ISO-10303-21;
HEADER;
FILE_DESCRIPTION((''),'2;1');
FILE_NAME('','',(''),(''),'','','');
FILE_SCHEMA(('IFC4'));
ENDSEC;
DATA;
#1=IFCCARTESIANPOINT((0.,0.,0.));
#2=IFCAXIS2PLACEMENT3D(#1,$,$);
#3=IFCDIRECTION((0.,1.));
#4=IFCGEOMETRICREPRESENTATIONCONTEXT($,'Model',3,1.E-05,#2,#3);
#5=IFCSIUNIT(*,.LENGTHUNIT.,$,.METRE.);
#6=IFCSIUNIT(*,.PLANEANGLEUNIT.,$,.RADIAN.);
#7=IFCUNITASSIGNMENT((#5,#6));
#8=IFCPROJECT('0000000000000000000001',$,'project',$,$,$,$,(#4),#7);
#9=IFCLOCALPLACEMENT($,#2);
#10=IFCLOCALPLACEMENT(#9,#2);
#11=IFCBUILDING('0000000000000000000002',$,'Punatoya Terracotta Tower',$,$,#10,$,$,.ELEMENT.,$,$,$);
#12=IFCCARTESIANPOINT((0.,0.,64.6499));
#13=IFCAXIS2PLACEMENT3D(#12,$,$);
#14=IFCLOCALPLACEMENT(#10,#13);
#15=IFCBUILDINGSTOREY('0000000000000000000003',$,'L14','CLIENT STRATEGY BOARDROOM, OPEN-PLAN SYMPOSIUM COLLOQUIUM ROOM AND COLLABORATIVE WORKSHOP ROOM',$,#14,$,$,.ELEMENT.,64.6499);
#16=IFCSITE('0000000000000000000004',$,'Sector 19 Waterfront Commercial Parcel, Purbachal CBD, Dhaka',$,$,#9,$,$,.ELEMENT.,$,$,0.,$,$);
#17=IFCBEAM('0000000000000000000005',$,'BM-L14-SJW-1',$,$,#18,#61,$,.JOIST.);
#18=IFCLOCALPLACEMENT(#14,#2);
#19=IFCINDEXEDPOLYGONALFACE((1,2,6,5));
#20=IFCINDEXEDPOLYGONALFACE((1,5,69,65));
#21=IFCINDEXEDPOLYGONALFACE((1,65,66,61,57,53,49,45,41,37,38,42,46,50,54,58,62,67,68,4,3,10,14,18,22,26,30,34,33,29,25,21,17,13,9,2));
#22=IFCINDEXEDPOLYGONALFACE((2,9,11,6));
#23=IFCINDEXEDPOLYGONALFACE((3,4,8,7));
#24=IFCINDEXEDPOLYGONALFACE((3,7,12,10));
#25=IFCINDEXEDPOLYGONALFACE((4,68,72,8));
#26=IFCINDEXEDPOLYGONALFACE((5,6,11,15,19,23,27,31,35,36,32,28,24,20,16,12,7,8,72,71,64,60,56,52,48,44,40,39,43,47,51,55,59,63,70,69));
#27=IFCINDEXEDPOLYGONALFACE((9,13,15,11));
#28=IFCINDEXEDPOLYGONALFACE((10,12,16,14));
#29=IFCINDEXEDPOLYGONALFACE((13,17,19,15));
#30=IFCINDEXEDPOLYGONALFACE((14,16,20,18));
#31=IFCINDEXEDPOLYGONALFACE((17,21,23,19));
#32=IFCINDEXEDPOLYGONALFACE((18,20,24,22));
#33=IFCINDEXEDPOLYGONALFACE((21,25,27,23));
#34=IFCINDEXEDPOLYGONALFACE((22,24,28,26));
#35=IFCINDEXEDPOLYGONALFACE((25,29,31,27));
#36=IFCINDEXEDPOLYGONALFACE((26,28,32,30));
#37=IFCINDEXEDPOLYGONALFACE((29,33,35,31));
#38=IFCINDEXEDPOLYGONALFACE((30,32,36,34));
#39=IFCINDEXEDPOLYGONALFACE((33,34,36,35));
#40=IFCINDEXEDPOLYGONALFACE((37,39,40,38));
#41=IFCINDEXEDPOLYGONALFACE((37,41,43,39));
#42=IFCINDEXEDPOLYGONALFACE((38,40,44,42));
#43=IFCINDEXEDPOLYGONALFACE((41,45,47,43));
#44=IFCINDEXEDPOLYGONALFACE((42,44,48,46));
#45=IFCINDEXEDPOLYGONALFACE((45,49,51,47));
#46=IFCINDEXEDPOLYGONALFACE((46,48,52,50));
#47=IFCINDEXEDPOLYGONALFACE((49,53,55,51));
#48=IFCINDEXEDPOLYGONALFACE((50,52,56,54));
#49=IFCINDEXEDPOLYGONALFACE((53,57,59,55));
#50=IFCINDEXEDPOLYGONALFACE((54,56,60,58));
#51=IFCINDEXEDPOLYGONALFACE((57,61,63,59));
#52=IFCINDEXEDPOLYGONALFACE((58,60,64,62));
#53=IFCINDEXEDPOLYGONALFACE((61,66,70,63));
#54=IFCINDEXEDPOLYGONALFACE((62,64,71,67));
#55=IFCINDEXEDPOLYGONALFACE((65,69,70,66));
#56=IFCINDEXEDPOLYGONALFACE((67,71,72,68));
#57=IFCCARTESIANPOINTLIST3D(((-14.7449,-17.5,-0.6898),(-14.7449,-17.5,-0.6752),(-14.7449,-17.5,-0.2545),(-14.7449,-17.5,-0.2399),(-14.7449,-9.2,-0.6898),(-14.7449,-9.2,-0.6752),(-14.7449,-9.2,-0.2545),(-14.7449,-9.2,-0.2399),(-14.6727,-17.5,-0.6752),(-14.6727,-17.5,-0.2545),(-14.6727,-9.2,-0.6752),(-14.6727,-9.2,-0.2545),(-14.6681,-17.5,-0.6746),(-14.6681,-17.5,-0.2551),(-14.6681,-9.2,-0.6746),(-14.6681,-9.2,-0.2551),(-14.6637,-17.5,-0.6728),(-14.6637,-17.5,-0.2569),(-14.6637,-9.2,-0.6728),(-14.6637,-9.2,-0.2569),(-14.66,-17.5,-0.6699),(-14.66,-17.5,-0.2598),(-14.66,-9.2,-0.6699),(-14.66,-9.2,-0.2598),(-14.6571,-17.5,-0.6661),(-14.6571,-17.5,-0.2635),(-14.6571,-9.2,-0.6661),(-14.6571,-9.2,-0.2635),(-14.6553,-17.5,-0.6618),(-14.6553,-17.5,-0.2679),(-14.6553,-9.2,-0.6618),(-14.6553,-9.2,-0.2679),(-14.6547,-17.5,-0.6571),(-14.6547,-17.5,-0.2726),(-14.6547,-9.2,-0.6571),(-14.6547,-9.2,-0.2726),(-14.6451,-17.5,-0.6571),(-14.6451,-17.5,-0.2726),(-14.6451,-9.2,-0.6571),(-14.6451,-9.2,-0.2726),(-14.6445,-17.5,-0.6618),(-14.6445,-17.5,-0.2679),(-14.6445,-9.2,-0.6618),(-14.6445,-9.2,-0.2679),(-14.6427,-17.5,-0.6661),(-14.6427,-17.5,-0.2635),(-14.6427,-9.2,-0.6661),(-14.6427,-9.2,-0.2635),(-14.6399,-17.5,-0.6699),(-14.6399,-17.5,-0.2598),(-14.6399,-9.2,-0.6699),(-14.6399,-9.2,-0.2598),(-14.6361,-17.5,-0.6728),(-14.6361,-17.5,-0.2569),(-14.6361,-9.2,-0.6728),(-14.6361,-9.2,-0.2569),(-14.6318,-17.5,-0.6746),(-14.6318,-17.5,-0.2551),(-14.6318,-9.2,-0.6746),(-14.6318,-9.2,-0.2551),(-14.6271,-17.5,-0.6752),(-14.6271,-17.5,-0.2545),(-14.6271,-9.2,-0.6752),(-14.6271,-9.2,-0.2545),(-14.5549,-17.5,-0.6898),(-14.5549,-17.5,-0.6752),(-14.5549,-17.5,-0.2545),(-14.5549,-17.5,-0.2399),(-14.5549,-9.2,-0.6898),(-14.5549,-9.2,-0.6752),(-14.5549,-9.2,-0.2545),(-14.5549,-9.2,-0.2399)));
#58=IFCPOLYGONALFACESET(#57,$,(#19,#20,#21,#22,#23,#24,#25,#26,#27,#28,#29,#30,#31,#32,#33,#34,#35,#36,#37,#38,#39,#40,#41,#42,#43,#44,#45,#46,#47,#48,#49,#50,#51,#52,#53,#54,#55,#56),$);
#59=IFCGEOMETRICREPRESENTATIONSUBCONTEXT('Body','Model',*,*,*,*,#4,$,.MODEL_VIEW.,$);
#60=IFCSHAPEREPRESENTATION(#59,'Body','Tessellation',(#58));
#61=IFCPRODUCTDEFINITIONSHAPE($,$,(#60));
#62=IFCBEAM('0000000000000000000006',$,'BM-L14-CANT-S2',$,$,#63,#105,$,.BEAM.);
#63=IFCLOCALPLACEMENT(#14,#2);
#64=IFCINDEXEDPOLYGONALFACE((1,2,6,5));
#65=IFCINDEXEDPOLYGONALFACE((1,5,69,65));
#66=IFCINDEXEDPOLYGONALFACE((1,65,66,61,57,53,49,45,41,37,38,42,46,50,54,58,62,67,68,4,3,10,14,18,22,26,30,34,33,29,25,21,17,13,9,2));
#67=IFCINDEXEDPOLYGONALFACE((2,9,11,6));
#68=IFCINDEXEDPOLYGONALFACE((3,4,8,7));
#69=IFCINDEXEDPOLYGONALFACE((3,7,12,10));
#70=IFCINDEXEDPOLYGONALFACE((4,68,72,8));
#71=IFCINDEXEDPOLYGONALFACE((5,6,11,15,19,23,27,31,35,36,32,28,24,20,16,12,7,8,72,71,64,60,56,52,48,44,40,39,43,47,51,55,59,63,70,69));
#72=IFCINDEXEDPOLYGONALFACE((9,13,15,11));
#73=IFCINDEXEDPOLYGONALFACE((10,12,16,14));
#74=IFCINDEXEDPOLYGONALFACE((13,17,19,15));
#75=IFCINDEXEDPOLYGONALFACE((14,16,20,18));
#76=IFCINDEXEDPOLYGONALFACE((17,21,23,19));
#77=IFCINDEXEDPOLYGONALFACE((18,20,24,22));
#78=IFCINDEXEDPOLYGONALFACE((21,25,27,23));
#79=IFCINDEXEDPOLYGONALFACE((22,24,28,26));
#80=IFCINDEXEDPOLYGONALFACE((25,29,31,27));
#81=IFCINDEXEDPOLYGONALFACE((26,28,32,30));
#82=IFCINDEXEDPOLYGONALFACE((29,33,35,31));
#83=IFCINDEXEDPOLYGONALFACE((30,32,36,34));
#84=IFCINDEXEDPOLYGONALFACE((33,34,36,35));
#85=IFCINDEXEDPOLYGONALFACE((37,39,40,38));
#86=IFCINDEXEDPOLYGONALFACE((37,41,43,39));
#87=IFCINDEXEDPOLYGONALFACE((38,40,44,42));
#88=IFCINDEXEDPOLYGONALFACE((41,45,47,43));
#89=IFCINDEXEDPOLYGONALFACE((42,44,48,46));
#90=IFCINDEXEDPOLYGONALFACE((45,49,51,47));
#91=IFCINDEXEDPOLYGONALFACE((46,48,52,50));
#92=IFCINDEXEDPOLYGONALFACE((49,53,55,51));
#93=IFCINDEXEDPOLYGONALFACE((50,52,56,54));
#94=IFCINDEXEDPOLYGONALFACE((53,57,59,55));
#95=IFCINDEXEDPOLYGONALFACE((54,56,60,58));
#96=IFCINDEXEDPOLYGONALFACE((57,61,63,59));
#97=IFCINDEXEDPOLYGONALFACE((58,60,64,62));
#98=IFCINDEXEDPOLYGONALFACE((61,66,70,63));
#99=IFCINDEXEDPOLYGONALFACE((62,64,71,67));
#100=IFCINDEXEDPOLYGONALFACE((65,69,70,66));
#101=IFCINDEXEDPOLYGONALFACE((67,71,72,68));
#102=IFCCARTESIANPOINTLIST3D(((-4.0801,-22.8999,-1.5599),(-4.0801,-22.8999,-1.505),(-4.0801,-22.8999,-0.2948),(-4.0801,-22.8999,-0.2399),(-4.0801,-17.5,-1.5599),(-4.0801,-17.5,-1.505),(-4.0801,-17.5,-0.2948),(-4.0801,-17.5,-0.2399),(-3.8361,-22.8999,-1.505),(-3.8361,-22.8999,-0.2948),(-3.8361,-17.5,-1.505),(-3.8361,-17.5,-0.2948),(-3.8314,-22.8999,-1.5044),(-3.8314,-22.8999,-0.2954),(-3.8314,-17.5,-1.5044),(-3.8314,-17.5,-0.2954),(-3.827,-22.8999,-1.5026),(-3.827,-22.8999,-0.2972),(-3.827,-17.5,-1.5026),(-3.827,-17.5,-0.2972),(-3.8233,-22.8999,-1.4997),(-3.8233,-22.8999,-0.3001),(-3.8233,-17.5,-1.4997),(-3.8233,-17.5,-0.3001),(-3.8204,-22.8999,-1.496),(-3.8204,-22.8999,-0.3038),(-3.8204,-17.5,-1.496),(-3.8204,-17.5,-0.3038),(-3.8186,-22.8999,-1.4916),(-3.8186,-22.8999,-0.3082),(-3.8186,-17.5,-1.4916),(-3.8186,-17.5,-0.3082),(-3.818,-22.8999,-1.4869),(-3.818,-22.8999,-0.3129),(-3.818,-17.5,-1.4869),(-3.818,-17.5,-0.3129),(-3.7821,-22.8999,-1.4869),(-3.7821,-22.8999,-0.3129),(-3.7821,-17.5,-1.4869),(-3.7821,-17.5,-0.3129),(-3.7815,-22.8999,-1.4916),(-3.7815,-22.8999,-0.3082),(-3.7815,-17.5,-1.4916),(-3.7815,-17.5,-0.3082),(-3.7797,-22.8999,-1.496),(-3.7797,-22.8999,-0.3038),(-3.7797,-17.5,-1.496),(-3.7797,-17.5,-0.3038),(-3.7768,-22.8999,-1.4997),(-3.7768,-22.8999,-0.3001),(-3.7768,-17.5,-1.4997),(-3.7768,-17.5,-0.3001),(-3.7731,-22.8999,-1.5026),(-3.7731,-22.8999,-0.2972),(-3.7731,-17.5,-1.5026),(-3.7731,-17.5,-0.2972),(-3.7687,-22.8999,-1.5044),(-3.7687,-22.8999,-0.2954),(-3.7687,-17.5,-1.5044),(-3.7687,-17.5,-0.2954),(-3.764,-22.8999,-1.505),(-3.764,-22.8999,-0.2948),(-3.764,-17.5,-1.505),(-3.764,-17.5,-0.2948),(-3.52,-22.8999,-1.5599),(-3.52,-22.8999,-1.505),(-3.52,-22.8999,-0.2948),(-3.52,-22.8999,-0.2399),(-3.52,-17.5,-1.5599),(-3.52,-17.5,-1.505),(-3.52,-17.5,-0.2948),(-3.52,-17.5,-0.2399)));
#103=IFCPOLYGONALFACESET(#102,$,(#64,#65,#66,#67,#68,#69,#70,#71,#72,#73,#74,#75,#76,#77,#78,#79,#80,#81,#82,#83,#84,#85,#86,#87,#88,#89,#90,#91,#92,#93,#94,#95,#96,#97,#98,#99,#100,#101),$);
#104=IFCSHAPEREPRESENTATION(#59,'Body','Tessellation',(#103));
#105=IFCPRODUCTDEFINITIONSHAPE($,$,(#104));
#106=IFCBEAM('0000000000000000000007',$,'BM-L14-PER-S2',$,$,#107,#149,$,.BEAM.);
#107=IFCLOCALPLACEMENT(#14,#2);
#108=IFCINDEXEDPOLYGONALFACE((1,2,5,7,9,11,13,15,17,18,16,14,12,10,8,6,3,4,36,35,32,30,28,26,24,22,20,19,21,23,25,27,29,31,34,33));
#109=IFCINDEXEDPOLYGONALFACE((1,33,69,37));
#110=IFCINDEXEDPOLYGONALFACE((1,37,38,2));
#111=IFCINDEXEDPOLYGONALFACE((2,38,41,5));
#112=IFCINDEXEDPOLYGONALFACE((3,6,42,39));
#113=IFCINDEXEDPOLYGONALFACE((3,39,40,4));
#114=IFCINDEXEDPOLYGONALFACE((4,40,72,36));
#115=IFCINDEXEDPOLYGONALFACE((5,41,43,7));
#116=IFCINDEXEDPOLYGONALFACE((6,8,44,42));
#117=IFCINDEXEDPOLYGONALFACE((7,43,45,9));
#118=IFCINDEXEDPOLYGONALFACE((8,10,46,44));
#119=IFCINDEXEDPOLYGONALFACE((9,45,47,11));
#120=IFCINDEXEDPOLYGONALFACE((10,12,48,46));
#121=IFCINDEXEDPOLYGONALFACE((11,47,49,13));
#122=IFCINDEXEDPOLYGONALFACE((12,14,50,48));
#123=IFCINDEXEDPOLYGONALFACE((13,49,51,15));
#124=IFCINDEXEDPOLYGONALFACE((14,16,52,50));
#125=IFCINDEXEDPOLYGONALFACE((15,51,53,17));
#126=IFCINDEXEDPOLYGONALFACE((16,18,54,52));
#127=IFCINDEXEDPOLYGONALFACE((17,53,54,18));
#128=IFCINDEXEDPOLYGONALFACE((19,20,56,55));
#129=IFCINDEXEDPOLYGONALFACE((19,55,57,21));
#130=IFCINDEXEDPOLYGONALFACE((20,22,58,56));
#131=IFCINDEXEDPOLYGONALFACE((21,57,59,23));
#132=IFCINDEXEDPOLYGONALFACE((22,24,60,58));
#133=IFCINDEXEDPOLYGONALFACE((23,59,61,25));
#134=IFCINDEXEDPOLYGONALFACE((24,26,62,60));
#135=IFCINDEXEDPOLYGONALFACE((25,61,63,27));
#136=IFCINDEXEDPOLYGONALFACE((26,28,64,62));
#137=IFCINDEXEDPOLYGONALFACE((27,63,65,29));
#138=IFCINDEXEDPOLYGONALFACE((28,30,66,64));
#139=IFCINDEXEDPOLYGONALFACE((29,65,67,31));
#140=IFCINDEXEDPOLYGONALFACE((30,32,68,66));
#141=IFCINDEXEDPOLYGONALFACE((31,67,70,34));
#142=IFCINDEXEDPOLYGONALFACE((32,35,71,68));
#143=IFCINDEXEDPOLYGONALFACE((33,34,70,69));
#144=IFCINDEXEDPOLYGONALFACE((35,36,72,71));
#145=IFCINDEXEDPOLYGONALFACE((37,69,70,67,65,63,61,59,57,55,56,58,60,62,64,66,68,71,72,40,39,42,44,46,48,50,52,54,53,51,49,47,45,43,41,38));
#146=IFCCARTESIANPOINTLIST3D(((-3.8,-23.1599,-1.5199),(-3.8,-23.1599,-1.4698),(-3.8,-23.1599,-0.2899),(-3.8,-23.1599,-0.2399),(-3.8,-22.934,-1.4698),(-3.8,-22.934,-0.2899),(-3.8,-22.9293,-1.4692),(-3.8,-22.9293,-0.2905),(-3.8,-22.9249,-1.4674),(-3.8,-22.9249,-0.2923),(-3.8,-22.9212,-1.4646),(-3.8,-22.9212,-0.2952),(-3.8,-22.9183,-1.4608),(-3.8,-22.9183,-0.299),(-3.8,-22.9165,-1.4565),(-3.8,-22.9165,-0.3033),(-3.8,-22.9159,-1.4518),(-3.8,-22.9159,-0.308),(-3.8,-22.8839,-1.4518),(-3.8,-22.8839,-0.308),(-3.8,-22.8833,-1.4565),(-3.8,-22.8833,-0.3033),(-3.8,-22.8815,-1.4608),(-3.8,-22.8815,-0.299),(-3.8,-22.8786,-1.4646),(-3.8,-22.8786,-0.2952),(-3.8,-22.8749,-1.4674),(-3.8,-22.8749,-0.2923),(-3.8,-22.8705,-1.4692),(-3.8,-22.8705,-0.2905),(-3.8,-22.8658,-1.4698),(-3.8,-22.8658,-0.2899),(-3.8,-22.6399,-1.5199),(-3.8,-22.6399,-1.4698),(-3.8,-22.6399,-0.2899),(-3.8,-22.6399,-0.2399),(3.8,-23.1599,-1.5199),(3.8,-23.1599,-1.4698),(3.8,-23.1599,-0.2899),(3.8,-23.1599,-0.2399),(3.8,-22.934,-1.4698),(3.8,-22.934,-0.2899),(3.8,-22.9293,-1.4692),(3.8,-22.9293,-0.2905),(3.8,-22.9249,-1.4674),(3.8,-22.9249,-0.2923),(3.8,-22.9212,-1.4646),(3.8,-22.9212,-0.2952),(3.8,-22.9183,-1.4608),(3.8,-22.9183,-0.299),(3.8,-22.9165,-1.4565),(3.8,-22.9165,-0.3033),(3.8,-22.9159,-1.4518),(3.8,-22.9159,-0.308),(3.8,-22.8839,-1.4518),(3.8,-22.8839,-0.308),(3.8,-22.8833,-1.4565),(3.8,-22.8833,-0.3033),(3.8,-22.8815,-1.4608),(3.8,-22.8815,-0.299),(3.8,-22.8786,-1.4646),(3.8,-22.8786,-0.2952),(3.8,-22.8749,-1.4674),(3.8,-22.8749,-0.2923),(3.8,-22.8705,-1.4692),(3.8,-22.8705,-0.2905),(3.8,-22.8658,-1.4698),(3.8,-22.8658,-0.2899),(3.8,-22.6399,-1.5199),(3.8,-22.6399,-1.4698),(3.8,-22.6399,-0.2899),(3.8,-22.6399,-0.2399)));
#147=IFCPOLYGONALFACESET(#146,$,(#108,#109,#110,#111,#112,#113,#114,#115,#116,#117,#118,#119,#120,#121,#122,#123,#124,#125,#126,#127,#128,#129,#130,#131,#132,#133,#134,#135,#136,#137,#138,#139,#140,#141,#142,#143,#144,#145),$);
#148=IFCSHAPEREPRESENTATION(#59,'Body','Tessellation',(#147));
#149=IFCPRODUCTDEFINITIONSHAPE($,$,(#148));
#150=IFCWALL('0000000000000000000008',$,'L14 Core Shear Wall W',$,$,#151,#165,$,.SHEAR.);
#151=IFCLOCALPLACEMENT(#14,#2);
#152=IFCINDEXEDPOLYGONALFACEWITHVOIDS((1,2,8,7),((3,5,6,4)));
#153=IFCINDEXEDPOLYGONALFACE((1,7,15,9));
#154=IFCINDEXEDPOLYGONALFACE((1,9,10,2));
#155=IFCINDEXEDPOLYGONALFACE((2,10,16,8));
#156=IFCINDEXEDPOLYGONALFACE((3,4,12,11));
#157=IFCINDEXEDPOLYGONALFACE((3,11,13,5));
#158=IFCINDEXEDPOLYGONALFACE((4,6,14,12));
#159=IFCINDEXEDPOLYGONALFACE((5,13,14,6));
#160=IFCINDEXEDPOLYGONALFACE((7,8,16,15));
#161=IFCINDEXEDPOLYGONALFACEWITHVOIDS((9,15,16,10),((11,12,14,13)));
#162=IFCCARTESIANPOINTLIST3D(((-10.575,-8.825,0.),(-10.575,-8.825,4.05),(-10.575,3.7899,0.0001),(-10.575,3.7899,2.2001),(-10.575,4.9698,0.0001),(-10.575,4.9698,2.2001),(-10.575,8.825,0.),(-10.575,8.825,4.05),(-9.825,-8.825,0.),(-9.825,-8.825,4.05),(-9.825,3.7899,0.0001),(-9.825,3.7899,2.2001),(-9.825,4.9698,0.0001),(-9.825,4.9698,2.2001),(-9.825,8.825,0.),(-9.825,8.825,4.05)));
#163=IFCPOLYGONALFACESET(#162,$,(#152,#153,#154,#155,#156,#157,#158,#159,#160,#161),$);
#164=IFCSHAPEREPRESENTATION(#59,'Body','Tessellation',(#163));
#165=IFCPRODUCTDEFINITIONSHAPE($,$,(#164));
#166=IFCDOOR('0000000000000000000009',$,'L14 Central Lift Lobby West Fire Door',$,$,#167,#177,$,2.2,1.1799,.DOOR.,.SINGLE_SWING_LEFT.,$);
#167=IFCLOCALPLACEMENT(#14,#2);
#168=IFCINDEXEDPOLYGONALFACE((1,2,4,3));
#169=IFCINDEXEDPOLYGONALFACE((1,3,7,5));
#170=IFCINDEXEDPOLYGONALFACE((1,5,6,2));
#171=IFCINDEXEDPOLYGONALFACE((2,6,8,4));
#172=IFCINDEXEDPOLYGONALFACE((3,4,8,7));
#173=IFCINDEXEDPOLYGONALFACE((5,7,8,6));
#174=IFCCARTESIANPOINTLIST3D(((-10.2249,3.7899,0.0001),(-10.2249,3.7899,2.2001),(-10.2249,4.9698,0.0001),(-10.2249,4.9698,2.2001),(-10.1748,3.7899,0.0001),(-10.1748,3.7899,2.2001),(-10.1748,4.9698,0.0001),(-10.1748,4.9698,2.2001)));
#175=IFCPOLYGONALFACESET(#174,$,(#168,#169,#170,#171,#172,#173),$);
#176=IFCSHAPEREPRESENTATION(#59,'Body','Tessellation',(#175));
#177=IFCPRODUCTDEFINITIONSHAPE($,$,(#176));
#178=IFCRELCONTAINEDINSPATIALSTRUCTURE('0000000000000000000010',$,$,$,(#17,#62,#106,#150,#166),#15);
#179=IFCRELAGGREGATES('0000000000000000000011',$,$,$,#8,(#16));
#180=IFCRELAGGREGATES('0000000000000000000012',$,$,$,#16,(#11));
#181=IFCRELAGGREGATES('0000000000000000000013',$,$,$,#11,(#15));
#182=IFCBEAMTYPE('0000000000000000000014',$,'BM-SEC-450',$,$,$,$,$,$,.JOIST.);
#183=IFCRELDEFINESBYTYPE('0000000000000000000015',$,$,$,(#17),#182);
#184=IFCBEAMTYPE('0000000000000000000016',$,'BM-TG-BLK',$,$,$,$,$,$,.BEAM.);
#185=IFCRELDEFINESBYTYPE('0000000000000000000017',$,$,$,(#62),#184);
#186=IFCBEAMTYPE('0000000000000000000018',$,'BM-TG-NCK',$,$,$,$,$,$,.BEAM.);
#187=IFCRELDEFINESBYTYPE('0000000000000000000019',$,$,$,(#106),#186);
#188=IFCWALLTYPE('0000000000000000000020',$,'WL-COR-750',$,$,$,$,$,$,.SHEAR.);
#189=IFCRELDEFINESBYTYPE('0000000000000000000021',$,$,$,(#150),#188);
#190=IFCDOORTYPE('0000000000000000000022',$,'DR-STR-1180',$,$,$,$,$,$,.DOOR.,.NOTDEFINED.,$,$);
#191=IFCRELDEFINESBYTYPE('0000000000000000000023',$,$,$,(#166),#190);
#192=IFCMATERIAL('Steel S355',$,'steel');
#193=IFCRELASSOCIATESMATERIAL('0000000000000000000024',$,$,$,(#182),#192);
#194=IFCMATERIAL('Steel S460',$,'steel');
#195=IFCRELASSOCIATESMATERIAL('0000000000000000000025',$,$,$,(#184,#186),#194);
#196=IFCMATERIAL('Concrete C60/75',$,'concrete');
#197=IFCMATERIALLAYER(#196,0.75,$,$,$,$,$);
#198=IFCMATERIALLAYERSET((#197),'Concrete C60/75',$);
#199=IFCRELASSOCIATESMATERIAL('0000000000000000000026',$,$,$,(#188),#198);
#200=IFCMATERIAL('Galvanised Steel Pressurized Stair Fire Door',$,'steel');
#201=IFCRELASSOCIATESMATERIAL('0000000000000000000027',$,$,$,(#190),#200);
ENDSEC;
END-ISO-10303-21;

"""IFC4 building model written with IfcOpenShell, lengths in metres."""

from ifc_helpers import new_model, si_unit, direction, frame, frame_2d, origin, origin_2d, place, context, subcontext, project, spatial, rectangle, i_section, extrude, material, layer, layer_set, material_profile, profile_set, type_object, element, fill, save


model = new_model("IFC4")

# Units and contexts
model_context = context("Model", 3, precision=1e-05, world=origin(), true_north=direction((0.0, 1.0)))
body_context = subcontext(model_context, "Body", "Model", "MODEL_VIEW")
ifc_project = project(units=[si_unit("LENGTHUNIT", "METRE"), si_unit("PLANEANGLEUNIT", "RADIAN")], contexts=[model_context])

# Site, building, storey
site_placement = place(None, origin())
site = spatial("IfcSite", under=ifc_project, at=site_placement, Name="Sector 19 Waterfront Commercial Parcel, Purbachal CBD, Dhaka", CompositionType="ELEMENT", RefElevation=0.0)
building_placement = place(site_placement, origin())
building = spatial("IfcBuilding", under=site, at=building_placement, Name="Punatoya Terracotta Tower", CompositionType="ELEMENT")
storey_placement = place(building_placement, frame((0.0, 0.0, 64.6499)))
storey = spatial("IfcBuildingStorey", under=building, at=storey_placement, Name="L14", Description="CLIENT STRATEGY BOARDROOM, OPEN-PLAN SYMPOSIUM COLLOQUIUM ROOM AND COLLABORATIVE WORKSHOP ROOM", CompositionType="ELEMENT", Elevation=64.6499)

# Shared definitions
ifc_material_1 = material(Name="Steel S460", Category="steel")

# Beams
ifc_material_2 = material(Name="Steel S355", Category="steel")
ifc_material_profile_1 = material_profile(ifc_material_2, i_section(OverallWidth=0.1899, OverallDepth=0.45, WebThickness=0.0095, FlangeThickness=0.0146, FilletRadius=0.0181, at=origin_2d()))
ifc_profile_set_1 = profile_set([ifc_material_profile_1], Name="Steel S355")
beam_type_1 = type_object("IfcBeamType", Name="BM-SEC-450", PredefinedType="JOIST", material=ifc_profile_set_1)
beam_1_placement = place(storey_placement, frame((-14.6499, -17.5, -0.4648), z_axis=(0.0, 1.0, 0.0), x_axis=(-1.0, 0.0, 0.0)))
element("IfcBeam", 1, at=beam_1_placement, inside=storey, type_object=beam_type_1, Name="BM-L14-SJW-1", PredefinedType="JOIST", context=body_context, shape_type="SweptSolid", body=[
    extrude(i_section(OverallWidth=0.1899, OverallDepth=0.45, WebThickness=0.0095, FlangeThickness=0.0146, FilletRadius=0.0181, at=origin_2d()), origin(), (0.0, 0.0, 1.0), 8.3),
])
ifc_material_profile_2 = material_profile(ifc_material_1, i_section(OverallWidth=0.5601, OverallDepth=1.3201, WebThickness=0.0359, FlangeThickness=0.0549, FilletRadius=0.0181, at=origin_2d()))
ifc_profile_set_2 = profile_set([ifc_material_profile_2], Name="Steel S460")
beam_type_2 = type_object("IfcBeamType", Name="BM-TG-BLK", PredefinedType="BEAM", material=ifc_profile_set_2)
beam_2_placement = place(storey_placement, frame((-3.8, -22.8999, -0.8999), z_axis=(0.0, 1.0, 0.0), x_axis=(-1.0, 0.0, 0.0)))
element("IfcBeam", 2, at=beam_2_placement, inside=storey, type_object=beam_type_2, Name="BM-L14-CANT-S2", PredefinedType="BEAM", context=body_context, shape_type="SweptSolid", body=[
    extrude(i_section(OverallWidth=0.5601, OverallDepth=1.3201, WebThickness=0.0359, FlangeThickness=0.0549, FilletRadius=0.0181, at=origin_2d()), origin(), (0.0, 0.0, 1.0), 5.3999),
])
ifc_material_profile_3 = material_profile(ifc_material_1, i_section(OverallWidth=0.52, OverallDepth=1.28, WebThickness=0.032, FlangeThickness=0.05, FilletRadius=0.0181, at=origin_2d()))
ifc_profile_set_3 = profile_set([ifc_material_profile_3], Name="Steel S460")
beam_type_3 = type_object("IfcBeamType", Name="BM-TG-NCK", PredefinedType="BEAM", material=ifc_profile_set_3)
beam_3_placement = place(storey_placement, frame((-3.8, -22.8999, -0.8799), z_axis=(1.0, 0.0, 0.0), x_axis=(0.0, 1.0, 0.0)))
element("IfcBeam", 3, at=beam_3_placement, inside=storey, type_object=beam_type_3, Name="BM-L14-PER-S2", PredefinedType="BEAM", context=body_context, shape_type="SweptSolid", body=[
    extrude(i_section(OverallWidth=0.52, OverallDepth=1.28, WebThickness=0.032, FlangeThickness=0.05, FilletRadius=0.0181, at=origin_2d()), origin(), (0.0, 0.0, 1.0), 7.6001),
])

# Wall, opening, door
ifc_material_3 = material(Name="Concrete C60/75", Category="concrete")
ifc_layer_1 = layer(ifc_material_3, 0.75)
ifc_layer_set_1 = layer_set([ifc_layer_1], Name="Concrete C60/75")
wall_type_1 = type_object("IfcWallType", Name="WL-COR-750", PredefinedType="SHEAR", material=ifc_layer_set_1)
wall_1_placement = place(storey_placement, frame((-10.2, -8.825, 0.0), z_axis=(0.0, 0.0, 1.0), x_axis=(0.0, 1.0, 0.0)))
wall_1 = element("IfcWall", 4, at=wall_1_placement, inside=storey, type_object=wall_type_1, Name="L14 Core Shear Wall W", PredefinedType="SHEAR", context=body_context, shape_type="SweptSolid", body=[
    extrude(rectangle(XDim=17.6499, YDim=0.75, at=frame_2d((8.825, 0.0))), origin(), (0.0, 0.0, 1.0), 4.05),
])
opening_1_placement = place(wall_1_placement, frame((12.615, 0.0, 0.0)))
opening_1 = element("IfcOpeningElement", 5, at=opening_1_placement, cuts=wall_1, PredefinedType="OPENING", context=body_context, shape_type="SweptSolid", body=[
    extrude(rectangle(XDim=1.1799, YDim=2.2, at=frame_2d((0.5898, 1.1001))), frame((0.0, 0.385, 0.0), z_axis=(0.0, -1.0, 0.0), x_axis=(1.0, 0.0, 0.0)), (0.0, 0.0, 1.0), 0.77),
])
ifc_material_4 = material(Name="Galvanised Steel Pressurized Stair Fire Door", Category="steel")
door_type_1 = type_object("IfcDoorType", Name="DR-STR-1180", OperationType="NOTDEFINED", PredefinedType="DOOR", material=ifc_material_4)
door_1_placement = place(opening_1_placement, origin())
door_1 = element("IfcDoor", 6, at=door_1_placement, inside=storey, type_object=door_type_1, Name="L14 Central Lift Lobby West Fire Door", OperationType="SINGLE_SWING_LEFT", OverallHeight=2.2, OverallWidth=1.1799, PredefinedType="DOOR", context=body_context, shape_type="SweptSolid", body=[
    extrude(rectangle(XDim=1.1799, YDim=2.2, at=frame_2d((0.5898, 1.1001))), frame((0.0, 0.0249, 0.0), z_axis=(0.0, -1.0, 0.0), x_axis=(1.0, 0.0, 0.0)), (0.0, 0.0, 1.0), 0.05),
])
fill(opening_1, door_1)

save(model, "model.ifc")
